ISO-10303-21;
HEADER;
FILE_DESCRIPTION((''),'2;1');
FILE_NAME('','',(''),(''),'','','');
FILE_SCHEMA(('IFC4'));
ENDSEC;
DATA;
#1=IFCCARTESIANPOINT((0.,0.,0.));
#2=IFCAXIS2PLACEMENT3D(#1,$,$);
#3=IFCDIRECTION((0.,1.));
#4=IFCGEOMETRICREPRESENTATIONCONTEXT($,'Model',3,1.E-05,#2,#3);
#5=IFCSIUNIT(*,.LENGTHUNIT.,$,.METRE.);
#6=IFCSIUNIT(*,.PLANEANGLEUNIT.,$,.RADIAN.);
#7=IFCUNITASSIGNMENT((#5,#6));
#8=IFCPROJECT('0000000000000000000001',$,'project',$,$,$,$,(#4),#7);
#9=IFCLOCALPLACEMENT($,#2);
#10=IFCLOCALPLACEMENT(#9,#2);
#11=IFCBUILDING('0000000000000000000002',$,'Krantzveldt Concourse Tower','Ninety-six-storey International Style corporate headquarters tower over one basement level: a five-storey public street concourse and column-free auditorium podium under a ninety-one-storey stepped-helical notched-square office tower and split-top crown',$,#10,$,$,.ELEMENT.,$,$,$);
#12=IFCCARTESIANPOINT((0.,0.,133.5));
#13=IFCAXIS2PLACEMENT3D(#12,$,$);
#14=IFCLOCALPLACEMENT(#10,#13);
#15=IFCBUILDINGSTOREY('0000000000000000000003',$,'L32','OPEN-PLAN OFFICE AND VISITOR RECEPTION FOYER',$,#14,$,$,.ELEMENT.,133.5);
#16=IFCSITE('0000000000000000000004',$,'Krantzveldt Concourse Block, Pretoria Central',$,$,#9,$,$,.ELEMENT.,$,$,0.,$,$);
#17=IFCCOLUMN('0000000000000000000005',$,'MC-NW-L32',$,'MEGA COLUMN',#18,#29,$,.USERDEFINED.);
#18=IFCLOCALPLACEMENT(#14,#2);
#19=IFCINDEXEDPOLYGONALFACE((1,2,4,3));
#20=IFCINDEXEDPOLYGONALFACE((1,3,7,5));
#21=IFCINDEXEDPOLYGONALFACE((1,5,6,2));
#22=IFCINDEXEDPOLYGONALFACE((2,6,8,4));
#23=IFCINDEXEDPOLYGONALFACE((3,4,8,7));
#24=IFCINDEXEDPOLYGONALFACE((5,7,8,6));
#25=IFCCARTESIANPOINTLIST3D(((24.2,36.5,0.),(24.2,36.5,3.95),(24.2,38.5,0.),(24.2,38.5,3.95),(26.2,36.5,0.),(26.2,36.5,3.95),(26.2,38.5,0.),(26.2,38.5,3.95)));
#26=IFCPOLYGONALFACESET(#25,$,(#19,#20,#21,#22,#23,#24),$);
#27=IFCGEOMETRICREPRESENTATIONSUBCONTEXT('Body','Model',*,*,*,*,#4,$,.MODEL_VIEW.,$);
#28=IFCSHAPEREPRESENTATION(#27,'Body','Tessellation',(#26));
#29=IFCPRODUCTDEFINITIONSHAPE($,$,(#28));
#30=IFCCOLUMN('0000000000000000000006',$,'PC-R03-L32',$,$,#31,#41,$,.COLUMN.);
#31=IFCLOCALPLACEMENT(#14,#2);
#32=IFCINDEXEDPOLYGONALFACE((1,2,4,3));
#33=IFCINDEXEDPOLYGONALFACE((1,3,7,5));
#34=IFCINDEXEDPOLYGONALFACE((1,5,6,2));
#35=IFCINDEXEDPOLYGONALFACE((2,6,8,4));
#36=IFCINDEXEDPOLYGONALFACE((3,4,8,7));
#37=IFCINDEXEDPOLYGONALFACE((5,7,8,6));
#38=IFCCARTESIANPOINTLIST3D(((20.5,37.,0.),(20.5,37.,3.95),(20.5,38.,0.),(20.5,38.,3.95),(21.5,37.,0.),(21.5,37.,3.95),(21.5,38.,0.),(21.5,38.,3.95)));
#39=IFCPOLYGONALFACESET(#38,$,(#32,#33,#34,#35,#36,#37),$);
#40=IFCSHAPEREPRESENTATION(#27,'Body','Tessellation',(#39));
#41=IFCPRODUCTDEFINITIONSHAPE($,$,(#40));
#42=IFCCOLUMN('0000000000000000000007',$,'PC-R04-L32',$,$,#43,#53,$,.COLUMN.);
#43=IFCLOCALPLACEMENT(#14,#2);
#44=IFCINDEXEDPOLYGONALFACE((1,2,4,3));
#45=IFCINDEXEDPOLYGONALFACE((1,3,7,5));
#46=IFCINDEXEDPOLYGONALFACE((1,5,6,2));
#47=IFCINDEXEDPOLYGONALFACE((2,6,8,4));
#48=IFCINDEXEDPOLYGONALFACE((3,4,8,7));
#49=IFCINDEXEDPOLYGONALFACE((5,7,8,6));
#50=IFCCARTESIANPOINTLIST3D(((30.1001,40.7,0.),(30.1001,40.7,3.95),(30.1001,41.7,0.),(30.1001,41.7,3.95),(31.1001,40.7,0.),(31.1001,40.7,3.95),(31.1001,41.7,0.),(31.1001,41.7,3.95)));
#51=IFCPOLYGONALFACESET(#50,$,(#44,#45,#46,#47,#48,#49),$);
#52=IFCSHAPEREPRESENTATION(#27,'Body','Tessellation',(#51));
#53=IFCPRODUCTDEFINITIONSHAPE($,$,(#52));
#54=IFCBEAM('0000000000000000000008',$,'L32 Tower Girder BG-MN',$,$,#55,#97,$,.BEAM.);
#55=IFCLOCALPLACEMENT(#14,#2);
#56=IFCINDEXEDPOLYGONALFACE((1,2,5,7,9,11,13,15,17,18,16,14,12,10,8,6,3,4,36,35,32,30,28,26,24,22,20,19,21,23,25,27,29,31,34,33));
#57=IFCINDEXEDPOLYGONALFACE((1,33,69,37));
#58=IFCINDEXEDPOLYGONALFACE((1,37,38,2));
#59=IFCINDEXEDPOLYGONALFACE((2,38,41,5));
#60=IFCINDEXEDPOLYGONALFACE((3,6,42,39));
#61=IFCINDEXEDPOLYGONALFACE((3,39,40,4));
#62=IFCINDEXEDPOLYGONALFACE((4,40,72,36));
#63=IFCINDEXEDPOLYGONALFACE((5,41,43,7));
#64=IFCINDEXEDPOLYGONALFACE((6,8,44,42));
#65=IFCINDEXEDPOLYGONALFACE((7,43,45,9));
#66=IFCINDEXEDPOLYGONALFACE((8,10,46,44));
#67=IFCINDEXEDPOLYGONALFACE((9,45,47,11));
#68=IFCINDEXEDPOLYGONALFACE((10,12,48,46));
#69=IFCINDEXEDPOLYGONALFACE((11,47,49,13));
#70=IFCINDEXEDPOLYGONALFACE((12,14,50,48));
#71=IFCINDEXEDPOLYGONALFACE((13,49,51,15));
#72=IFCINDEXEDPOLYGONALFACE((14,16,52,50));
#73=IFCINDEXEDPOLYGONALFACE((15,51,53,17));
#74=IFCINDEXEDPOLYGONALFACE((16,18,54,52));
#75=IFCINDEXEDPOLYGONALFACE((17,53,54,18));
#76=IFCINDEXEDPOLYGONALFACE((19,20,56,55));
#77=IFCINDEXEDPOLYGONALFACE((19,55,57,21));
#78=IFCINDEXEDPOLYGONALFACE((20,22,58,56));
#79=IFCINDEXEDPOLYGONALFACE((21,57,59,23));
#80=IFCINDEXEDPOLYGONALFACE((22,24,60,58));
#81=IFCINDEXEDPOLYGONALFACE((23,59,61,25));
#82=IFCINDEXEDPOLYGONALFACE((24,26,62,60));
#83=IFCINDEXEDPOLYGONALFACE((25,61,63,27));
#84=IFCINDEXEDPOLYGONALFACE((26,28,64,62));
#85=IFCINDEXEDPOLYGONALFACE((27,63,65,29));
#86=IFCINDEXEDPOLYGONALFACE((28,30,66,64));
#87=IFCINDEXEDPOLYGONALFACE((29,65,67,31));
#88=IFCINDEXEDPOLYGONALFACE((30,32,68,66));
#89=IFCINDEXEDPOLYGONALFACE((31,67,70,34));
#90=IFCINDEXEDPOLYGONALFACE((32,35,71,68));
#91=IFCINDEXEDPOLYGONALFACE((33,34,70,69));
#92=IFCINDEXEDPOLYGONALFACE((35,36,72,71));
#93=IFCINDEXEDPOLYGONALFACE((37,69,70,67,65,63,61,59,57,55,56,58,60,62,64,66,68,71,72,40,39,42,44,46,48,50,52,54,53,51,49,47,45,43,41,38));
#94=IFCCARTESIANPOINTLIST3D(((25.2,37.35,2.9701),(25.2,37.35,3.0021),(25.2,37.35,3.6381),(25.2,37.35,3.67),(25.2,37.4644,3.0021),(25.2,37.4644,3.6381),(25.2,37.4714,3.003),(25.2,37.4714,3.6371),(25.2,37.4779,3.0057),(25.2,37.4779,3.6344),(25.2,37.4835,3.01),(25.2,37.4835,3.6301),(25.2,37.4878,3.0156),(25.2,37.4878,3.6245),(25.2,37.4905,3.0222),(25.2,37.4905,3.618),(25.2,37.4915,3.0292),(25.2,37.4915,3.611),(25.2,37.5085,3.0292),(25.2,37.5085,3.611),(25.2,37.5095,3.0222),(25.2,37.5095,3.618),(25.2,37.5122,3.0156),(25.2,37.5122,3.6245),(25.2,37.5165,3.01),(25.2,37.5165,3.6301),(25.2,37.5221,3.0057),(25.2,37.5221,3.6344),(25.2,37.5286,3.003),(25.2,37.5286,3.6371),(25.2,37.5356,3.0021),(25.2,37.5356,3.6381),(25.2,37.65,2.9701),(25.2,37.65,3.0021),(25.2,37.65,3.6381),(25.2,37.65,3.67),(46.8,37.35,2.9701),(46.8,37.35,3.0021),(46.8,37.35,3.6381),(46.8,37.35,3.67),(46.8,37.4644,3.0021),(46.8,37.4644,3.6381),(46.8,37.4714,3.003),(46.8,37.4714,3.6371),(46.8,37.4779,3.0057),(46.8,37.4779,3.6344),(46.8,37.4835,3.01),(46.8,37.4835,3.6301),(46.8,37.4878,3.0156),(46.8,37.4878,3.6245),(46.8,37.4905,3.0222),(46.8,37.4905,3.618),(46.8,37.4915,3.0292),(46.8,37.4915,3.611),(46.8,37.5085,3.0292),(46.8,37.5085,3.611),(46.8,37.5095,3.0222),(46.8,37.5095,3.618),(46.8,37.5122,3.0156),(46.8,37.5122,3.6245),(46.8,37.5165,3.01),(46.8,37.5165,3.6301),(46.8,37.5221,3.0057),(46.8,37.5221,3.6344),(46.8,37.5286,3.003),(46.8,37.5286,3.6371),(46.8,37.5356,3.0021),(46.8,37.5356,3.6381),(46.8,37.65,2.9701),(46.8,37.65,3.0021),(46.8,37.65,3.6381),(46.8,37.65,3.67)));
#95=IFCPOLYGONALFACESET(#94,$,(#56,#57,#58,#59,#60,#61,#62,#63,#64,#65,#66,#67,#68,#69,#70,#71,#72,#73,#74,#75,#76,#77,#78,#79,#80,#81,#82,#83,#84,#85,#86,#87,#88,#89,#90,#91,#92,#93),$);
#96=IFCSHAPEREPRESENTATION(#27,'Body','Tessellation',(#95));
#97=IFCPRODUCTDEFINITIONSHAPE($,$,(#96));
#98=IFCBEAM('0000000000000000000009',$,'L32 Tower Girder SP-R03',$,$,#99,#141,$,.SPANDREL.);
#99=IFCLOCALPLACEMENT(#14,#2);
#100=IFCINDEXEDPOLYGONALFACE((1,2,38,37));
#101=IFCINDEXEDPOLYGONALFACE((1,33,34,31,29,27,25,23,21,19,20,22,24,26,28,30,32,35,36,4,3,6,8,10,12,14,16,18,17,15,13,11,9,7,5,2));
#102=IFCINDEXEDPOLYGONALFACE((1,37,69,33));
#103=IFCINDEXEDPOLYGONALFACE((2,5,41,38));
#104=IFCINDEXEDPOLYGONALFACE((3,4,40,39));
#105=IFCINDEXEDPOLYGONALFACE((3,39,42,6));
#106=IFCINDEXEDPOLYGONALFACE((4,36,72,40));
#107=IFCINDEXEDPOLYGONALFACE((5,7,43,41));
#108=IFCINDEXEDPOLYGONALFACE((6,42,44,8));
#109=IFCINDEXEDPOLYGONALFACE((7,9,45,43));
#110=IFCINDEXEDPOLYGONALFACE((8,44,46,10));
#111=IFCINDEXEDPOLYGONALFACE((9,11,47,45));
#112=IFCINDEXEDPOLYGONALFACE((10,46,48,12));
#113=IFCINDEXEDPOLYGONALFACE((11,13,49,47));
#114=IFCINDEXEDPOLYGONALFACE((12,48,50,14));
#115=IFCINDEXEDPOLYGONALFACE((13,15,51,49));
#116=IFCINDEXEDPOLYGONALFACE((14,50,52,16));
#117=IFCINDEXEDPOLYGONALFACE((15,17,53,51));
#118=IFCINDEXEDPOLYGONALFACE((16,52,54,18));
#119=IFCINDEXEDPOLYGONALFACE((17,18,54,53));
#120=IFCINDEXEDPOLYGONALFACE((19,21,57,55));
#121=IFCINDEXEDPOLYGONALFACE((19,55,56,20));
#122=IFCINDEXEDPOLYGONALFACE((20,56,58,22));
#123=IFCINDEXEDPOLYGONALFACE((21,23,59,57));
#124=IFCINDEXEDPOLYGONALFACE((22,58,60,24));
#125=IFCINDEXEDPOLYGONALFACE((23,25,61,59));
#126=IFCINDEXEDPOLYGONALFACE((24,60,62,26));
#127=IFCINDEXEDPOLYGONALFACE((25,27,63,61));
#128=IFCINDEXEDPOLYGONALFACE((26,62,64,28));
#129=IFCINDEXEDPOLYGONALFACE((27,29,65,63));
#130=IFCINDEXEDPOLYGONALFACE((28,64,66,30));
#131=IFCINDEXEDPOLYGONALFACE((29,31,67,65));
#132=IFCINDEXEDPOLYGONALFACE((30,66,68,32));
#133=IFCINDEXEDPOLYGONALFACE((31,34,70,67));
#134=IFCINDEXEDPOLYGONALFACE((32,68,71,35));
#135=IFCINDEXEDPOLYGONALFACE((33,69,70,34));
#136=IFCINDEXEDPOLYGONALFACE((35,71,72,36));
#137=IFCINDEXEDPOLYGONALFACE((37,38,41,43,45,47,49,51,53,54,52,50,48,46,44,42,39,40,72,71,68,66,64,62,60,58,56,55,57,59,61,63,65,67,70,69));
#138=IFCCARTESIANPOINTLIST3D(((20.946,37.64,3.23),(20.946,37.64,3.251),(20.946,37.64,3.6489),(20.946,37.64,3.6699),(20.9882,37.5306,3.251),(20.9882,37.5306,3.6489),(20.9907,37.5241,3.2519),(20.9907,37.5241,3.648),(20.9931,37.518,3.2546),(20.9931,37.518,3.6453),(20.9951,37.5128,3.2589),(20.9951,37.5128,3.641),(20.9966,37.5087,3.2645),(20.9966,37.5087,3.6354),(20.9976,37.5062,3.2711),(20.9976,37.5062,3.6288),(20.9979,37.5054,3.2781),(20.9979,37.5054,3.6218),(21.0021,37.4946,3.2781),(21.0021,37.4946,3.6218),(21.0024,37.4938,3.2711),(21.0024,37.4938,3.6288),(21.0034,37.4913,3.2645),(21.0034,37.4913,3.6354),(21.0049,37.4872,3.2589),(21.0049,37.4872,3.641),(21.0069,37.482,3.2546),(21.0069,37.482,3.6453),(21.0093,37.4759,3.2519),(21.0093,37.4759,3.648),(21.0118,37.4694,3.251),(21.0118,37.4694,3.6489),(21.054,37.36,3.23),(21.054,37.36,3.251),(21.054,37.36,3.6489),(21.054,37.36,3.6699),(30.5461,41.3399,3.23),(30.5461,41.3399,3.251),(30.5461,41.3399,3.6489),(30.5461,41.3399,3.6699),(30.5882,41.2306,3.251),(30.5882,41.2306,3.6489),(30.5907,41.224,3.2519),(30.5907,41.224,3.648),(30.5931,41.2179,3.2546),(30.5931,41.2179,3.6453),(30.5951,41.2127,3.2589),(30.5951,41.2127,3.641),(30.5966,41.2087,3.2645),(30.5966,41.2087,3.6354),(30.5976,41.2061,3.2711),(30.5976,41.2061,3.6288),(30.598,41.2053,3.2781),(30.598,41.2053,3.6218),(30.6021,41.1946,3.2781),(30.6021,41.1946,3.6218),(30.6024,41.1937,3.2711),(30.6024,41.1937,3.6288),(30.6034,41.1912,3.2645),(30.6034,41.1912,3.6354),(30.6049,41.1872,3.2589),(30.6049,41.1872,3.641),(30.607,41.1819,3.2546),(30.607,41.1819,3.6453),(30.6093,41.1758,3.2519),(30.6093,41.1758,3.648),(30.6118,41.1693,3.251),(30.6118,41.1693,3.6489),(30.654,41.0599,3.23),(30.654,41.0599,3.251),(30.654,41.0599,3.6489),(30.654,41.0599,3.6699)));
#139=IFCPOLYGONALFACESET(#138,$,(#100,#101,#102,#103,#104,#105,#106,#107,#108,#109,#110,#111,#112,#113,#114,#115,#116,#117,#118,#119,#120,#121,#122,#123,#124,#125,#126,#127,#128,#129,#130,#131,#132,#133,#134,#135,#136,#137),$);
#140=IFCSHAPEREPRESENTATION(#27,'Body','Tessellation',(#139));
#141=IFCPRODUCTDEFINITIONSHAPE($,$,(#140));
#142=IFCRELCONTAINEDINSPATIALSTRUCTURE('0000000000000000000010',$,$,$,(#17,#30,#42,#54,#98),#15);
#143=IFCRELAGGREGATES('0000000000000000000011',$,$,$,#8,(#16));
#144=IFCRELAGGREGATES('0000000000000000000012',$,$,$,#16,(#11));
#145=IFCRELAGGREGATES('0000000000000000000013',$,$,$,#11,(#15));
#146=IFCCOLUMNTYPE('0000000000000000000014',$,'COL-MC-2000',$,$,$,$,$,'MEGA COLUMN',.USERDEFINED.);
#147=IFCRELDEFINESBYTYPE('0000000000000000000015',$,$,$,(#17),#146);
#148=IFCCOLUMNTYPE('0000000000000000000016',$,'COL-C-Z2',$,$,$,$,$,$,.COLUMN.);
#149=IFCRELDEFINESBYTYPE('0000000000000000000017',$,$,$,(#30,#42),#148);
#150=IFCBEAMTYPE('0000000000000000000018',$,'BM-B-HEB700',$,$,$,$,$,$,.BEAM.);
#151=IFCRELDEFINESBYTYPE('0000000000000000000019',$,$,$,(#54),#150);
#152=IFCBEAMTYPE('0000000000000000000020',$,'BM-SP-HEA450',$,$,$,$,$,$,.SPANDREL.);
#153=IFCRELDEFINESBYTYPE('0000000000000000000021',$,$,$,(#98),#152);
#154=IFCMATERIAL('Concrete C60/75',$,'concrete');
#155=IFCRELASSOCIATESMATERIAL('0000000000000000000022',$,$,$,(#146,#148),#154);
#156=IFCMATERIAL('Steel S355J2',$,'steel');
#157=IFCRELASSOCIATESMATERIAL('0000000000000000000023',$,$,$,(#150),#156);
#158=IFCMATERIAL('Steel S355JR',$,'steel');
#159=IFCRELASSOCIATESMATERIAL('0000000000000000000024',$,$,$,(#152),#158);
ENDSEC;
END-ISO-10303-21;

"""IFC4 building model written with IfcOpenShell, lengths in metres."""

from ifc_helpers import new_model, si_unit, direction, frame, origin, origin_2d, place, context, subcontext, project, spatial, rectangle, i_section, extrude, source, transform, mapped, material, material_profile, profile_set, type_object, type_shapes, element, save


model = new_model("IFC4")

# Units and contexts
model_context = context("Model", 3, precision=1e-05, world=origin(), true_north=direction((0.0, 1.0)))
body_context = subcontext(model_context, "Body", "Model", "MODEL_VIEW")
ifc_project = project(units=[si_unit("LENGTHUNIT", "METRE"), si_unit("PLANEANGLEUNIT", "RADIAN")], contexts=[model_context])

# Site, building, storey
site_placement = place(None, origin())
site = spatial("IfcSite", under=ifc_project, at=site_placement, Name="Krantzveldt Concourse Block, Pretoria Central", CompositionType="ELEMENT", RefElevation=0.0)
building_placement = place(site_placement, origin())
building = spatial("IfcBuilding", under=site, at=building_placement, Name="Krantzveldt Concourse Tower", Description="Ninety-six-storey International Style corporate headquarters tower over one basement level: a five-storey public street concourse and column-free auditorium podium under a ninety-one-storey stepped-helical notched-square office tower and split-top crown", CompositionType="ELEMENT")
storey_placement = place(building_placement, frame((0.0, 0.0, 133.5)))
storey = spatial("IfcBuildingStorey", under=building, at=storey_placement, Name="L32", Description="OPEN-PLAN OFFICE AND VISITOR RECEPTION FOYER", CompositionType="ELEMENT", Elevation=133.5)

# Columns
ifc_material_1 = material(Name="Concrete C60/75", Category="concrete")
ifc_material_profile_1 = material_profile(ifc_material_1, rectangle(XDim=2.0, YDim=2.0, at=origin_2d()), Name="Concrete C60/75", Category="concrete")
ifc_profile_set_1 = profile_set([ifc_material_profile_1], Name="Concrete C60/75 - RC 2000x2000")
column_type_1 = type_object("IfcColumnType", Name="COL-MC-2000", ElementType="MEGA COLUMN", PredefinedType="USERDEFINED", material=ifc_profile_set_1)
shared_shape_1 = source(origin(), body_context, "Body", "SweptSolid", [
    extrude(rectangle(XDim=2.0, YDim=2.0, at=origin_2d()), origin(), (0.0, 0.0, 1.0), 3.95),
])
type_shapes(column_type_1, [shared_shape_1])
column_placement = place(storey_placement, frame((25.2, 37.5, 0.0), z_axis=(0.0, 0.0, 1.0), x_axis=(1.0, 0.0, 0.0)))
element("IfcColumn", 1, at=column_placement, inside=storey, type_object=column_type_1, Name="MC-NW-L32", ObjectType="MEGA COLUMN", PredefinedType="USERDEFINED", context=body_context, shape_type="MappedRepresentation", body=[
    mapped(shared_shape_1, transform((0.0, 0.0, 0.0), x_axis=(1.0, 0.0, 0.0), y_axis=(0.0, 1.0, 0.0), z_axis=(0.0, 0.0, 1.0), scale=1.0)),
])
ifc_material_profile_2 = material_profile(ifc_material_1, rectangle(XDim=1.0, YDim=1.0, at=origin_2d()), Name="Concrete C60/75", Category="concrete")
ifc_profile_set_2 = profile_set([ifc_material_profile_2], Name="Concrete C60/75 - RC 1000x1000")
column_type_2 = type_object("IfcColumnType", Name="COL-C-Z2", PredefinedType="COLUMN", material=ifc_profile_set_2)
shared_shape_2 = source(origin(), body_context, "Body", "SweptSolid", [
    extrude(rectangle(XDim=1.0, YDim=1.0, at=origin_2d()), origin(), (0.0, 0.0, 1.0), 3.95),
])
type_shapes(column_type_2, [shared_shape_2])
for number, where, z_axis, x_axis, name in (
    (2, (21.0, 37.5, 0.0), (0.0, 0.0, 1.0), (1.0, 0.0, 0.0), "PC-R03-L32"),
    (3, (30.6001, 41.2, 0.0), (0.0, 0.0, 1.0), (1.0, 0.0, 0.0), "PC-R04-L32"),
):
    element("IfcColumn", number, at=place(storey_placement, frame(where, z_axis=z_axis, x_axis=x_axis)), inside=storey, type_object=column_type_2, Name=name, PredefinedType="COLUMN", context=body_context, shape_type="MappedRepresentation", body=[
        mapped(shared_shape_2, transform((0.0, 0.0, 0.0), x_axis=(1.0, 0.0, 0.0), y_axis=(0.0, 1.0, 0.0), z_axis=(0.0, 0.0, 1.0), scale=1.0)),
    ])

# Beams
ifc_material_2 = material(Name="Steel S355J2", Category="steel")
ifc_material_profile_3 = material_profile(ifc_material_2, i_section(OverallWidth=0.3, OverallDepth=0.7, WebThickness=0.0171, FlangeThickness=0.032, FilletRadius=0.0271, at=origin_2d()), Name="Steel S355J2", Category="steel")
ifc_profile_set_3 = profile_set([ifc_material_profile_3], Name="Steel S355J2 - HEB 700")
beam_type_1 = type_object("IfcBeamType", Name="BM-B-HEB700", PredefinedType="BEAM", material=ifc_profile_set_3)
shared_shape_3 = source(origin(), body_context, "Body", "SweptSolid", [
    extrude(i_section(OverallWidth=0.3, OverallDepth=0.7, WebThickness=0.0171, FlangeThickness=0.032, FilletRadius=0.0271, at=origin_2d()), origin(), (0.0, 0.0, 1.0), 21.6001),
])
type_shapes(beam_type_1, [shared_shape_3])
beam_1_placement = place(storey_placement, frame((25.2, 37.5, 3.3201), z_axis=(1.0, 0.0, 0.0), x_axis=(0.0, 1.0, 0.0)))
element("IfcBeam", 4, at=beam_1_placement, inside=storey, type_object=beam_type_1, Name="L32 Tower Girder BG-MN", PredefinedType="BEAM", context=body_context, shape_type="MappedRepresentation", body=[
    mapped(shared_shape_3, transform((0.0, 0.0, 0.0), x_axis=(1.0, 0.0, 0.0), y_axis=(0.0, 1.0, 0.0), z_axis=(0.0, 0.0, 1.0), scale=1.0)),
])
ifc_material_3 = material(Name="Steel S355JR", Category="steel")
ifc_material_profile_4 = material_profile(ifc_material_3, i_section(OverallWidth=0.3, OverallDepth=0.4399, WebThickness=0.0115, FlangeThickness=0.021, FilletRadius=0.0271, at=origin_2d()), Name="Steel S355JR", Category="steel")
ifc_profile_set_4 = profile_set([ifc_material_profile_4], Name="Steel S355JR - HEA 450")
beam_type_2 = type_object("IfcBeamType", Name="BM-SP-HEA450", PredefinedType="SPANDREL", material=ifc_profile_set_4)
shared_shape_4 = source(origin(), body_context, "Body", "SweptSolid", [
    extrude(i_section(OverallWidth=0.3, OverallDepth=0.4399, WebThickness=0.0115, FlangeThickness=0.021, FilletRadius=0.0271, at=origin_2d()), origin(), (0.0, 0.0, 1.0), 10.2883),
])
beam_2_placement = place(storey_placement, frame((21.0, 37.5, 3.45), z_axis=(0.933098, 0.359623, 0.0), x_axis=(-0.359623, 0.933098, 0.0)))
element("IfcBeam", 5, at=beam_2_placement, inside=storey, type_object=beam_type_2, Name="L32 Tower Girder SP-R03", PredefinedType="SPANDREL", context=body_context, shape_type="MappedRepresentation", body=[
    mapped(shared_shape_4, transform((0.0, 0.0, 0.0), x_axis=(1.0, 0.0, 0.0), y_axis=(0.0, 1.0, 0.0), z_axis=(0.0, 0.0, 1.0), scale=1.0)),
])

save(model, "model.ifc")
